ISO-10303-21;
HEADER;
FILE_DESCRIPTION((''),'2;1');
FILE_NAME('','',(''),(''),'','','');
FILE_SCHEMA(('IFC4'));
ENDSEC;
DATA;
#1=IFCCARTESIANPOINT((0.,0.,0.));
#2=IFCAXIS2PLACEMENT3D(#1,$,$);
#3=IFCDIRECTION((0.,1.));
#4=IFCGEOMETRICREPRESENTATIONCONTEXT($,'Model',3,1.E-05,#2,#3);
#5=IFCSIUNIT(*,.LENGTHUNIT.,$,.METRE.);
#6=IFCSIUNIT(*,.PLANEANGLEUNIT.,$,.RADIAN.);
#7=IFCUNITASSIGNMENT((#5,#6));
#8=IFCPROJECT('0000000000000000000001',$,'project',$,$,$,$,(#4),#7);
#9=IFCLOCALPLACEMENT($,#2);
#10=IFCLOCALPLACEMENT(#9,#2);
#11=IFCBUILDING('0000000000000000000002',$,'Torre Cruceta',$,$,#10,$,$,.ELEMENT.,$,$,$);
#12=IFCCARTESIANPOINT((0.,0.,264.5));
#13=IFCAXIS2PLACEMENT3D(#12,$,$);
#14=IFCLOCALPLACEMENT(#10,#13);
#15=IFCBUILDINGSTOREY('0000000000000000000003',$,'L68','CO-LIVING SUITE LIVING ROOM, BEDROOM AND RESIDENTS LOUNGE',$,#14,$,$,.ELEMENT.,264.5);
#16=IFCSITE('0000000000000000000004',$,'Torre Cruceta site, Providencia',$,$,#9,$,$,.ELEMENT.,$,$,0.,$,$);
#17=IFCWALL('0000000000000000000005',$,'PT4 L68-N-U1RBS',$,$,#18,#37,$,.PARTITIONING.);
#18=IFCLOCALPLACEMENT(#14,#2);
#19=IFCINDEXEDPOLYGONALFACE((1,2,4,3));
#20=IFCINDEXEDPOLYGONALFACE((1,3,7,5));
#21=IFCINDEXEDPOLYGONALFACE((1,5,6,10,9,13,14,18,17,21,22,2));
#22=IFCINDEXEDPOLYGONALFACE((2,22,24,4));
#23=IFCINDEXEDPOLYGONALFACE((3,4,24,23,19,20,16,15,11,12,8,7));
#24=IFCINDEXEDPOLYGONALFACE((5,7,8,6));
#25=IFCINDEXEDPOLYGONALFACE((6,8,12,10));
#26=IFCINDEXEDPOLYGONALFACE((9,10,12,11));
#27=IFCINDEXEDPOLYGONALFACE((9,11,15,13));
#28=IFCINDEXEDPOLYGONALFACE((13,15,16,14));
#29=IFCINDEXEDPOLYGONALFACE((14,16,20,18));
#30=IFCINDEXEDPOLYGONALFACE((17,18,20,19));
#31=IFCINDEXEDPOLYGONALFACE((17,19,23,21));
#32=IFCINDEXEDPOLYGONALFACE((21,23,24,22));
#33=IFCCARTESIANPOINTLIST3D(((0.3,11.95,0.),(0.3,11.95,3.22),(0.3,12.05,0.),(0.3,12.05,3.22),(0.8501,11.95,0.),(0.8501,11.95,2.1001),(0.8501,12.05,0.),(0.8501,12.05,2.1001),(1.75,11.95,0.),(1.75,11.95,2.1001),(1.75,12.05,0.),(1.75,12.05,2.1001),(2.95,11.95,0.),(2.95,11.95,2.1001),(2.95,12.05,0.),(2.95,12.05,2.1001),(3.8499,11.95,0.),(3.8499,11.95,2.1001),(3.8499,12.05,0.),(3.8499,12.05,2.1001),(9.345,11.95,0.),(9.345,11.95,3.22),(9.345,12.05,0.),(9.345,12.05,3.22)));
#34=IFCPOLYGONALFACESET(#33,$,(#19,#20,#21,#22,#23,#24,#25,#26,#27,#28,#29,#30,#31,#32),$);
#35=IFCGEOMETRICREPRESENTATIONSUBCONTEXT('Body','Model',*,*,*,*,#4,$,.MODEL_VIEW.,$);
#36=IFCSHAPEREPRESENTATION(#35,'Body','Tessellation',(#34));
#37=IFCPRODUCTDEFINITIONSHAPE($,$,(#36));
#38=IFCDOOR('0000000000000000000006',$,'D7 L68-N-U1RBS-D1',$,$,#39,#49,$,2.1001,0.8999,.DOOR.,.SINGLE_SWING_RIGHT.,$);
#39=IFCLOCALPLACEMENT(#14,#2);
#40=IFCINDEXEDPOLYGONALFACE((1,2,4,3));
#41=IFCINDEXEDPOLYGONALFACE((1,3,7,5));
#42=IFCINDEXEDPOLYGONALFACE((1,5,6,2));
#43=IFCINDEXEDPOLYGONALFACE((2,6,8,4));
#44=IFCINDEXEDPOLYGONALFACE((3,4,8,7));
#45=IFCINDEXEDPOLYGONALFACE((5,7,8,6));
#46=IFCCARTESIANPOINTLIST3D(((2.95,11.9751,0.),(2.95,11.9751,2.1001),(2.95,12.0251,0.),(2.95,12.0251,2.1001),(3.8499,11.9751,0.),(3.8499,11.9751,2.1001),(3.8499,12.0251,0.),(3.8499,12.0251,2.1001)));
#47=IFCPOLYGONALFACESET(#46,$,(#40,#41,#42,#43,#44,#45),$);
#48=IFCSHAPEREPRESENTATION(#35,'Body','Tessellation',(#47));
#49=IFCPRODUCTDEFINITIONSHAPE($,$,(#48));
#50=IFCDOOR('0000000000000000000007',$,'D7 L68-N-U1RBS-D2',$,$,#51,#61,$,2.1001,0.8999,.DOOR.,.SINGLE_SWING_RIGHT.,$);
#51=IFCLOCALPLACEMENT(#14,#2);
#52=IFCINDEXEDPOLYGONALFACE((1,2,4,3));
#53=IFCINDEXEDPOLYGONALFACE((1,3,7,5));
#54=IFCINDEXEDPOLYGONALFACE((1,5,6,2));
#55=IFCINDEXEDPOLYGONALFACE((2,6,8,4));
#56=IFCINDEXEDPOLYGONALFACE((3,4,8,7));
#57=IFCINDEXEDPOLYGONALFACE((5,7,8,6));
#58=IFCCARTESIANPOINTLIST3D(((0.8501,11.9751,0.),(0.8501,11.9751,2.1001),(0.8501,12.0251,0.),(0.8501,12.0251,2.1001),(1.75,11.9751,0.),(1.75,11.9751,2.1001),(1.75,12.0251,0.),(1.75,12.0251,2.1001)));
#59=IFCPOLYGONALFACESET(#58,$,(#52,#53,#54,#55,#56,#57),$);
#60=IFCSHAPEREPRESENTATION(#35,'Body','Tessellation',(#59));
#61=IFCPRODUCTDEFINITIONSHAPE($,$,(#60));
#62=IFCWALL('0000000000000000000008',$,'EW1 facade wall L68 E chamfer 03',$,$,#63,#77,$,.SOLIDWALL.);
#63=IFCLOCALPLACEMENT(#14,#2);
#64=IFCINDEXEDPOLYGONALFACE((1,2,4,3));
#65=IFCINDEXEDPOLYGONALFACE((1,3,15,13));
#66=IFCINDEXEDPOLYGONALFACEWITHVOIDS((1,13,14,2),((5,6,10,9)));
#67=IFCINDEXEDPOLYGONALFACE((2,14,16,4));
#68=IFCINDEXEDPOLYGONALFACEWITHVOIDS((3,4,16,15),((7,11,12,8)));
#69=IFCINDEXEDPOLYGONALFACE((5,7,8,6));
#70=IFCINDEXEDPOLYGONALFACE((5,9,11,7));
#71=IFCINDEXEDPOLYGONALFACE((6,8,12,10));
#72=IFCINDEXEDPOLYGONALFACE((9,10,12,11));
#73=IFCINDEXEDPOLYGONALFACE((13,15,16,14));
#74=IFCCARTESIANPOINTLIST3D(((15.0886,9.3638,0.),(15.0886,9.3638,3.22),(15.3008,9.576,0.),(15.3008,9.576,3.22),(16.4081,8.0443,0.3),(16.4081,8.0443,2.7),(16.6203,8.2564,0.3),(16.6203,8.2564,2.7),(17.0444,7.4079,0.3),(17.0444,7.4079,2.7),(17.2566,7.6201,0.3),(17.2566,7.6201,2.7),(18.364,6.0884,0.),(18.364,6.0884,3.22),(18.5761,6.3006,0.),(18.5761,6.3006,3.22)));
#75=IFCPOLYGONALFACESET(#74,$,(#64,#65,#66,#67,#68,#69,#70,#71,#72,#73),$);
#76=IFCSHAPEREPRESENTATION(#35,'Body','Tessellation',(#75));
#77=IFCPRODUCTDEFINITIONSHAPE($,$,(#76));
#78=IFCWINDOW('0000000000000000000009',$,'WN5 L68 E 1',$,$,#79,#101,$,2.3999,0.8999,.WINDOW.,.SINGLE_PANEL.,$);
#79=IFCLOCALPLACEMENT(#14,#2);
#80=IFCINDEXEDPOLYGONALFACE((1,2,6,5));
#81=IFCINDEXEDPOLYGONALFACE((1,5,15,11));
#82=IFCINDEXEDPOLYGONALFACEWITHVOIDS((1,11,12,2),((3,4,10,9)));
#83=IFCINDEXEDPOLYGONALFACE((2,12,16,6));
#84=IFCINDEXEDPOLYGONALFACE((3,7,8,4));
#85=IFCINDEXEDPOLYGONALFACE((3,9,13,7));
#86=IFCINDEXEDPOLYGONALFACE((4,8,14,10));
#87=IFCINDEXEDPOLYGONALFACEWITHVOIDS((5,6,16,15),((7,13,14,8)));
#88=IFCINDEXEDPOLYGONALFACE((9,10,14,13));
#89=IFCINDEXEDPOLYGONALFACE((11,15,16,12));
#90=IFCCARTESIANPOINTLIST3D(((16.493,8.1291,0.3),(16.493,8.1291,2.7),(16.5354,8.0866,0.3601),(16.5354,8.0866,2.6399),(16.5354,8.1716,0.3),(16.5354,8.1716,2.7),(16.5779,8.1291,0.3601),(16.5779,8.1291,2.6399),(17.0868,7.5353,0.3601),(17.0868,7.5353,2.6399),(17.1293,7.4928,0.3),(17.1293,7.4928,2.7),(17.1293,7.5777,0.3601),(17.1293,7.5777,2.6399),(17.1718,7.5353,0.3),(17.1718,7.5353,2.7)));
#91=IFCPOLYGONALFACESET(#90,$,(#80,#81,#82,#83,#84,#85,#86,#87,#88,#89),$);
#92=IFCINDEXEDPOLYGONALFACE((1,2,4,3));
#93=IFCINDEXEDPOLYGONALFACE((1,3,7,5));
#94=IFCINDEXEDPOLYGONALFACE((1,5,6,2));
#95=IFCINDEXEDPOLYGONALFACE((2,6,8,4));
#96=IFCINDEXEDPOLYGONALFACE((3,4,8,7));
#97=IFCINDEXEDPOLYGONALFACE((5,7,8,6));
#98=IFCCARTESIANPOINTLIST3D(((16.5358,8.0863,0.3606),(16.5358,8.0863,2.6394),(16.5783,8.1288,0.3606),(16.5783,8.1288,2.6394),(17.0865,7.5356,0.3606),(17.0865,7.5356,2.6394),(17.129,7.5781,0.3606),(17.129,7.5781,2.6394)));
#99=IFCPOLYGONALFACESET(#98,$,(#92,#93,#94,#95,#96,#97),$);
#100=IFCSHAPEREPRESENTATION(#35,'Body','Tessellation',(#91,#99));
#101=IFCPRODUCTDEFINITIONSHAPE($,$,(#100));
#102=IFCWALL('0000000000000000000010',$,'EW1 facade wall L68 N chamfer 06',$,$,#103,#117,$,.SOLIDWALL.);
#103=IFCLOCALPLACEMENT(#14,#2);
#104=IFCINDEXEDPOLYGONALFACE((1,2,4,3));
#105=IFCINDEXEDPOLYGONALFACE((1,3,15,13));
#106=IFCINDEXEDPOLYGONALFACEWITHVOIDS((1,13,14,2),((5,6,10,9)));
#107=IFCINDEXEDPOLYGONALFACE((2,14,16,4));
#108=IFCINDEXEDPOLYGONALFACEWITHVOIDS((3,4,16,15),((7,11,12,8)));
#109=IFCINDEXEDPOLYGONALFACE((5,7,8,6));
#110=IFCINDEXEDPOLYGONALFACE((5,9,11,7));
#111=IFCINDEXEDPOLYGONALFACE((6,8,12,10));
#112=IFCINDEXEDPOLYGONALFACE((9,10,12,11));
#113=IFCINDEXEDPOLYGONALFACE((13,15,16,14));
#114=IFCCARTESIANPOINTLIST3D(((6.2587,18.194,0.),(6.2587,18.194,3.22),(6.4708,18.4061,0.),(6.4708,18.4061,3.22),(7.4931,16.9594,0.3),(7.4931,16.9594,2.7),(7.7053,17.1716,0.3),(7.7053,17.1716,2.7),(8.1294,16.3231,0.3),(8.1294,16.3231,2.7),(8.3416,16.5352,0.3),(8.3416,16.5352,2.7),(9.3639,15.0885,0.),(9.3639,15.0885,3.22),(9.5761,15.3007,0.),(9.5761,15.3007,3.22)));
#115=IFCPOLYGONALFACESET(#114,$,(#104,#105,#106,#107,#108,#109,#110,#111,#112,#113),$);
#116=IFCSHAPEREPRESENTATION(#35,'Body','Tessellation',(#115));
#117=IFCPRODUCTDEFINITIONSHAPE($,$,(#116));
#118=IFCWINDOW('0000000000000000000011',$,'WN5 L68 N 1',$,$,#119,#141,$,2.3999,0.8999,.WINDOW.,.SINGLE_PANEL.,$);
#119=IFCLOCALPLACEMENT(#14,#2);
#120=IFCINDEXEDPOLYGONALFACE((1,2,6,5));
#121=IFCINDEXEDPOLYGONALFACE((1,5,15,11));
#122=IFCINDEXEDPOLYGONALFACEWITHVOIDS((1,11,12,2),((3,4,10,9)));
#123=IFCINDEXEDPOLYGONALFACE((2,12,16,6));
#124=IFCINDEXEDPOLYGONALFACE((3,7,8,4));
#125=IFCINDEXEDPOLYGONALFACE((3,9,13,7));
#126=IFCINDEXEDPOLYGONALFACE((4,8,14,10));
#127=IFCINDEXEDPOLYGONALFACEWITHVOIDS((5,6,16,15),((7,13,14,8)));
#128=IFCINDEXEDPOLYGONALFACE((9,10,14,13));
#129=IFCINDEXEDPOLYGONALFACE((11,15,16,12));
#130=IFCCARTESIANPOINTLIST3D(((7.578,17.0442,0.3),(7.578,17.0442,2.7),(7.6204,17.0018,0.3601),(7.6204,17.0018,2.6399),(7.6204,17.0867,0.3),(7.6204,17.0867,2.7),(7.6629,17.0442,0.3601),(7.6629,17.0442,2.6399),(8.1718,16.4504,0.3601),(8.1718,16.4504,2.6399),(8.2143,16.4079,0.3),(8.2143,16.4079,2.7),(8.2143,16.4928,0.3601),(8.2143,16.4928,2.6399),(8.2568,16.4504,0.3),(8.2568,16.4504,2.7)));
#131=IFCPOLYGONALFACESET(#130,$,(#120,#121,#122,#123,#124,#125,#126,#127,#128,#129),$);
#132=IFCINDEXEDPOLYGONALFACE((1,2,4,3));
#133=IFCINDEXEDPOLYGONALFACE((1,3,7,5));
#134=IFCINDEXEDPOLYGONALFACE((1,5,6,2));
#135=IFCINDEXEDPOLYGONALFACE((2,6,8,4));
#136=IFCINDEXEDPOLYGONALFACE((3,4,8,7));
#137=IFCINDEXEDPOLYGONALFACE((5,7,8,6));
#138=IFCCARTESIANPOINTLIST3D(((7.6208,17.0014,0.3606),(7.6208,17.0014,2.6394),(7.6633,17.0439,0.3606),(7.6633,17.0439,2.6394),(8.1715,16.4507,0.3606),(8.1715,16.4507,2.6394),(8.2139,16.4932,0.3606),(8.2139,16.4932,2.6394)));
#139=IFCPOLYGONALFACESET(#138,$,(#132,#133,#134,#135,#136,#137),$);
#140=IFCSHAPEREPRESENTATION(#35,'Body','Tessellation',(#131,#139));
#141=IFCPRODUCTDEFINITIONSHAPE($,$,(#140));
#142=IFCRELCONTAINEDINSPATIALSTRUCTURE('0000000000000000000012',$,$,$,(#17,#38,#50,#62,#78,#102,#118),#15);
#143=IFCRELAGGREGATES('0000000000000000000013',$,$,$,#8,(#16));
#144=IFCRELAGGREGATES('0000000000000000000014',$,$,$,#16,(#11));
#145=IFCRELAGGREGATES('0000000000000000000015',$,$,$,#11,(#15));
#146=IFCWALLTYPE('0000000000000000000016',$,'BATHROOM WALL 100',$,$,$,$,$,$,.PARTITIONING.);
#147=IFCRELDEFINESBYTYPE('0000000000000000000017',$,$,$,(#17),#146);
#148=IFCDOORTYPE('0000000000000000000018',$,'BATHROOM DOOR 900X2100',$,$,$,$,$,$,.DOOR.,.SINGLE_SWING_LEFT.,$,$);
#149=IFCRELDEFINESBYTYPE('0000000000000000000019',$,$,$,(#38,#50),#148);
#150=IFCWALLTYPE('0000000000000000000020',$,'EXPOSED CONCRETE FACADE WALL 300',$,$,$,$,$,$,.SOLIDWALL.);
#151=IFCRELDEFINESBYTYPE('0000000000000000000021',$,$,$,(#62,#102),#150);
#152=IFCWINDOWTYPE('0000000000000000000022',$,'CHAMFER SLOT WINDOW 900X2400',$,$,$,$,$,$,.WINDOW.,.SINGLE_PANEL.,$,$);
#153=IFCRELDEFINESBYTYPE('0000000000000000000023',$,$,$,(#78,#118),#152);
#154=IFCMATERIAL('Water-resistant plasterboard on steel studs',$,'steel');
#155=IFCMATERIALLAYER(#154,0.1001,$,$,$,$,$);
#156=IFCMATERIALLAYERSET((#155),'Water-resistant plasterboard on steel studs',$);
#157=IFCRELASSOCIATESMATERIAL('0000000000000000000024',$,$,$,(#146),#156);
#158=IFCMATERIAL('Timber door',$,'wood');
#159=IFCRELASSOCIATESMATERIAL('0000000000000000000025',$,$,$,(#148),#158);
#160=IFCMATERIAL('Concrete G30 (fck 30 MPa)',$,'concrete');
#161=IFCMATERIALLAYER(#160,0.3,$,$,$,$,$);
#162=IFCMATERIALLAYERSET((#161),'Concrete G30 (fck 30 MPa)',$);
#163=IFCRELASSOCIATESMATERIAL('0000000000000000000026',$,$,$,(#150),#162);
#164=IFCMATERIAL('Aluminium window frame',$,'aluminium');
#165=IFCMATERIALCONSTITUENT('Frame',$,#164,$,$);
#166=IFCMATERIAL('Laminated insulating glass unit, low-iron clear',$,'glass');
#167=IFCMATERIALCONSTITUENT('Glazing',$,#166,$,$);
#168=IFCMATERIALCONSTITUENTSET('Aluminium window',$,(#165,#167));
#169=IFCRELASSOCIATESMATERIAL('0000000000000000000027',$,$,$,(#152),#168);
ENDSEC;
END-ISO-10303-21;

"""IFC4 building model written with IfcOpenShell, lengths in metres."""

from ifc_helpers import new_model, si_unit, direction, frame, frame_2d, origin, place, context, subcontext, project, spatial, rectangle, hollow_rectangle, extrude, material, layer, layer_set, constituent, constituent_set, type_object, element, fill, save


model = new_model("IFC4")

# Units and contexts
model_context = context("Model", 3, precision=1e-05, world=origin(), true_north=direction((0.0, 1.0)))
body_context = subcontext(model_context, "Body", "Model", "MODEL_VIEW")
ifc_project = project(units=[si_unit("LENGTHUNIT", "METRE"), si_unit("PLANEANGLEUNIT", "RADIAN")], contexts=[model_context])

# Site, building, storey
site_placement = place(None, origin())
site = spatial("IfcSite", under=ifc_project, at=site_placement, Name="Torre Cruceta site, Providencia", CompositionType="ELEMENT", RefElevation=0.0)
building_placement = place(site_placement, origin())
building = spatial("IfcBuilding", under=site, at=building_placement, Name="Torre Cruceta", CompositionType="ELEMENT")
storey_placement = place(building_placement, frame((0.0, 0.0, 264.5)))
storey = spatial("IfcBuildingStorey", under=building, at=storey_placement, Name="L68", Description="CO-LIVING SUITE LIVING ROOM, BEDROOM AND RESIDENTS LOUNGE", CompositionType="ELEMENT", Elevation=264.5)

# Wall, openings, doors
ifc_material_1 = material(Name="Water-resistant plasterboard on steel studs", Category="steel")
ifc_layer_1 = layer(ifc_material_1, 0.1001)
ifc_layer_set_1 = layer_set([ifc_layer_1], Name="Water-resistant plasterboard on steel studs")
wall_type_1 = type_object("IfcWallType", Name="BATHROOM WALL 100", PredefinedType="PARTITIONING", material=ifc_layer_set_1)
wall_1_placement = place(storey_placement, frame((9.345, 12.0, 0.0), z_axis=(0.0, 0.0, 1.0), x_axis=(-1.0, 0.0, 0.0)))
wall_1 = element("IfcWall", 1, at=wall_1_placement, inside=storey, type_object=wall_type_1, Name="PT4 L68-N-U1RBS", PredefinedType="PARTITIONING", context=body_context, shape_type="SweptSolid", body=[
    extrude(rectangle(XDim=9.0449, YDim=0.1001, at=frame_2d((4.5225, 0.0))), origin(), (0.0, 0.0, 1.0), 3.22),
])
opening_1_placement = place(wall_1_placement, frame((5.4951, 0.0, 0.0)))
opening_1 = element("IfcOpeningElement", 2, at=opening_1_placement, cuts=wall_1, PredefinedType="OPENING", context=body_context, shape_type="SweptSolid", body=[
    extrude(rectangle(XDim=0.8999, YDim=2.1001, at=frame_2d((0.45, 1.05))), frame((0.0, 0.0601, 0.0), z_axis=(0.0, -1.0, 0.0), x_axis=(1.0, 0.0, 0.0)), (0.0, 0.0, 1.0), 0.1201),
])
opening_2_placement = place(wall_1_placement, frame((7.595, 0.0, 0.0)))
opening_2 = element("IfcOpeningElement", 3, at=opening_2_placement, cuts=wall_1, PredefinedType="OPENING", context=body_context, shape_type="SweptSolid", body=[
    extrude(rectangle(XDim=0.8999, YDim=2.1001, at=frame_2d((0.45, 1.05))), frame((0.0, 0.0601, 0.0), z_axis=(0.0, -1.0, 0.0), x_axis=(1.0, 0.0, 0.0)), (0.0, 0.0, 1.0), 0.1201),
])
ifc_material_2 = material(Name="Timber door", Category="wood")
door_type_1 = type_object("IfcDoorType", Name="BATHROOM DOOR 900X2100", OperationType="SINGLE_SWING_LEFT", PredefinedType="DOOR", material=ifc_material_2)
door_1_placement = place(opening_1_placement, origin())
door_1 = element("IfcDoor", 4, at=door_1_placement, inside=storey, type_object=door_type_1, Name="D7 L68-N-U1RBS-D1", OperationType="SINGLE_SWING_RIGHT", OverallHeight=2.1001, OverallWidth=0.8999, PredefinedType="DOOR", context=body_context, shape_type="SweptSolid", body=[
    extrude(rectangle(XDim=0.8999, YDim=2.1001, at=frame_2d((0.45, 1.05))), frame((0.0, 0.0249, 0.0), z_axis=(0.0, -1.0, 0.0), x_axis=(1.0, 0.0, 0.0)), (0.0, 0.0, 1.0), 0.05),
])
fill(opening_1, door_1)
door_2_placement = place(opening_2_placement, origin())
door_2 = element("IfcDoor", 5, at=door_2_placement, inside=storey, type_object=door_type_1, Name="D7 L68-N-U1RBS-D2", OperationType="SINGLE_SWING_RIGHT", OverallHeight=2.1001, OverallWidth=0.8999, PredefinedType="DOOR", context=body_context, shape_type="SweptSolid", body=[
    extrude(rectangle(XDim=0.8999, YDim=2.1001, at=frame_2d((0.45, 1.05))), frame((0.0, 0.0249, 0.0), z_axis=(0.0, -1.0, 0.0), x_axis=(1.0, 0.0, 0.0)), (0.0, 0.0, 1.0), 0.05),
])
fill(opening_2, door_2)

# Walls, openings, windows
ifc_material_3 = material(Name="Concrete G30 (fck 30 MPa)", Category="concrete")
ifc_layer_2 = layer(ifc_material_3, 0.3)
ifc_layer_set_2 = layer_set([ifc_layer_2], Name="Concrete G30 (fck 30 MPa)")
wall_type_2 = type_object("IfcWallType", Name="EXPOSED CONCRETE FACADE WALL 300", PredefinedType="SOLIDWALL", material=ifc_layer_set_2)
wall_2_placement = place(storey_placement, frame((18.47, 6.1946, 0.0), z_axis=(0.0, 0.0, 1.0), x_axis=(-0.707107, 0.707107, 0.0)))
wall_2 = element("IfcWall", 6, at=wall_2_placement, inside=storey, type_object=wall_type_2, Name="EW1 facade wall L68 E chamfer 03", PredefinedType="SOLIDWALL", context=body_context, shape_type="SweptSolid", body=[
    extrude(rectangle(XDim=4.6321, YDim=0.3, at=frame_2d((2.3159, 0.0))), origin(), (0.0, 0.0, 1.0), 3.22),
])
opening_3_placement = place(wall_2_placement, frame((1.866, 0.0, 0.3)))
opening_3 = element("IfcOpeningElement", 7, at=opening_3_placement, cuts=wall_2, PredefinedType="OPENING", context=body_context, shape_type="SweptSolid", body=[
    extrude(rectangle(XDim=0.8999, YDim=2.3999, at=frame_2d((0.45, 1.2))), frame((0.0, 0.1599, 0.0), z_axis=(0.0, -1.0, 0.0), x_axis=(1.0, 0.0, 0.0)), (0.0, 0.0, 1.0), 0.3201),
])
ifc_material_4 = material(Name="Aluminium window frame", Category="aluminium")
ifc_constituent_1 = constituent(ifc_material_4, Name="Frame")
ifc_material_5 = material(Name="Laminated insulating glass unit, low-iron clear", Category="glass")
ifc_constituent_2 = constituent(ifc_material_5, Name="Glazing")
ifc_constituent_set_1 = constituent_set(constituents=[ifc_constituent_1, ifc_constituent_2], Name="Aluminium window")
window_type = type_object("IfcWindowType", Name="CHAMFER SLOT WINDOW 900X2400", PartitioningType="SINGLE_PANEL", PredefinedType="WINDOW", material=ifc_constituent_set_1)
window_1_placement = place(opening_3_placement, origin())
window_1 = element("IfcWindow", 8, at=window_1_placement, inside=storey, type_object=window_type, Name="WN5 L68 E 1", OverallHeight=2.3999, OverallWidth=0.8999, PartitioningType="SINGLE_PANEL", PredefinedType="WINDOW", context=body_context, shape_type="SweptSolid", body=[
    extrude(hollow_rectangle(XDim=0.8999, YDim=2.3999, WallThickness=0.0601, at=frame_2d((0.45, 1.2))), frame((0.0, 0.03, 0.0), z_axis=(0.0, -1.0, 0.0), x_axis=(1.0, 0.0, 0.0)), (0.0, 0.0, 1.0), 0.0601),
    extrude(rectangle(XDim=0.7788, YDim=2.2788, at=frame_2d((0.45, 1.2))), frame((0.0, 0.03, 0.0), z_axis=(0.0, -1.0, 0.0), x_axis=(1.0, 0.0, 0.0)), (0.0, 0.0, 1.0), 0.0601),
])
fill(opening_3, window_1)
wall_3_placement = place(storey_placement, frame((9.47, 15.1946, 0.0), z_axis=(0.0, 0.0, 1.0), x_axis=(-0.707079, 0.707135, 0.0)))
wall_3 = element("IfcWall", 9, at=wall_3_placement, inside=storey, type_object=wall_type_2, Name="EW1 facade wall L68 N chamfer 06", PredefinedType="SOLIDWALL", context=body_context, shape_type="SweptSolid", body=[
    extrude(rectangle(XDim=4.3916, YDim=0.3, at=frame_2d((2.1958, 0.0))), origin(), (0.0, 0.0, 1.0), 3.22),
])
opening_4_placement = place(wall_3_placement, frame((1.7458, 0.0, 0.3)))
opening_4 = element("IfcOpeningElement", 10, at=opening_4_placement, cuts=wall_3, PredefinedType="OPENING", context=body_context, shape_type="SweptSolid", body=[
    extrude(rectangle(XDim=0.8999, YDim=2.3999, at=frame_2d((0.45, 1.2))), frame((0.0, 0.1599, 0.0), z_axis=(0.0, -1.0, 0.0), x_axis=(1.0, 0.0, 0.0)), (0.0, 0.0, 1.0), 0.3201),
])
window_2_placement = place(opening_4_placement, origin())
window_2 = element("IfcWindow", 11, at=window_2_placement, inside=storey, type_object=window_type, Name="WN5 L68 N 1", OverallHeight=2.3999, OverallWidth=0.8999, PartitioningType="SINGLE_PANEL", PredefinedType="WINDOW", context=body_context, shape_type="SweptSolid", body=[
    extrude(hollow_rectangle(XDim=0.8999, YDim=2.3999, WallThickness=0.0601, at=frame_2d((0.45, 1.2))), frame((0.0, 0.03, 0.0), z_axis=(0.0, -1.0, 0.0), x_axis=(1.0, 0.0, 0.0)), (0.0, 0.0, 1.0), 0.0601),
    extrude(rectangle(XDim=0.7788, YDim=2.2788, at=frame_2d((0.45, 1.2))), frame((0.0, 0.03, 0.0), z_axis=(0.0, -1.0, 0.0), x_axis=(1.0, 0.0, 0.0)), (0.0, 0.0, 1.0), 0.0601),
])
fill(opening_4, window_2)

save(model, "model.ifc")
